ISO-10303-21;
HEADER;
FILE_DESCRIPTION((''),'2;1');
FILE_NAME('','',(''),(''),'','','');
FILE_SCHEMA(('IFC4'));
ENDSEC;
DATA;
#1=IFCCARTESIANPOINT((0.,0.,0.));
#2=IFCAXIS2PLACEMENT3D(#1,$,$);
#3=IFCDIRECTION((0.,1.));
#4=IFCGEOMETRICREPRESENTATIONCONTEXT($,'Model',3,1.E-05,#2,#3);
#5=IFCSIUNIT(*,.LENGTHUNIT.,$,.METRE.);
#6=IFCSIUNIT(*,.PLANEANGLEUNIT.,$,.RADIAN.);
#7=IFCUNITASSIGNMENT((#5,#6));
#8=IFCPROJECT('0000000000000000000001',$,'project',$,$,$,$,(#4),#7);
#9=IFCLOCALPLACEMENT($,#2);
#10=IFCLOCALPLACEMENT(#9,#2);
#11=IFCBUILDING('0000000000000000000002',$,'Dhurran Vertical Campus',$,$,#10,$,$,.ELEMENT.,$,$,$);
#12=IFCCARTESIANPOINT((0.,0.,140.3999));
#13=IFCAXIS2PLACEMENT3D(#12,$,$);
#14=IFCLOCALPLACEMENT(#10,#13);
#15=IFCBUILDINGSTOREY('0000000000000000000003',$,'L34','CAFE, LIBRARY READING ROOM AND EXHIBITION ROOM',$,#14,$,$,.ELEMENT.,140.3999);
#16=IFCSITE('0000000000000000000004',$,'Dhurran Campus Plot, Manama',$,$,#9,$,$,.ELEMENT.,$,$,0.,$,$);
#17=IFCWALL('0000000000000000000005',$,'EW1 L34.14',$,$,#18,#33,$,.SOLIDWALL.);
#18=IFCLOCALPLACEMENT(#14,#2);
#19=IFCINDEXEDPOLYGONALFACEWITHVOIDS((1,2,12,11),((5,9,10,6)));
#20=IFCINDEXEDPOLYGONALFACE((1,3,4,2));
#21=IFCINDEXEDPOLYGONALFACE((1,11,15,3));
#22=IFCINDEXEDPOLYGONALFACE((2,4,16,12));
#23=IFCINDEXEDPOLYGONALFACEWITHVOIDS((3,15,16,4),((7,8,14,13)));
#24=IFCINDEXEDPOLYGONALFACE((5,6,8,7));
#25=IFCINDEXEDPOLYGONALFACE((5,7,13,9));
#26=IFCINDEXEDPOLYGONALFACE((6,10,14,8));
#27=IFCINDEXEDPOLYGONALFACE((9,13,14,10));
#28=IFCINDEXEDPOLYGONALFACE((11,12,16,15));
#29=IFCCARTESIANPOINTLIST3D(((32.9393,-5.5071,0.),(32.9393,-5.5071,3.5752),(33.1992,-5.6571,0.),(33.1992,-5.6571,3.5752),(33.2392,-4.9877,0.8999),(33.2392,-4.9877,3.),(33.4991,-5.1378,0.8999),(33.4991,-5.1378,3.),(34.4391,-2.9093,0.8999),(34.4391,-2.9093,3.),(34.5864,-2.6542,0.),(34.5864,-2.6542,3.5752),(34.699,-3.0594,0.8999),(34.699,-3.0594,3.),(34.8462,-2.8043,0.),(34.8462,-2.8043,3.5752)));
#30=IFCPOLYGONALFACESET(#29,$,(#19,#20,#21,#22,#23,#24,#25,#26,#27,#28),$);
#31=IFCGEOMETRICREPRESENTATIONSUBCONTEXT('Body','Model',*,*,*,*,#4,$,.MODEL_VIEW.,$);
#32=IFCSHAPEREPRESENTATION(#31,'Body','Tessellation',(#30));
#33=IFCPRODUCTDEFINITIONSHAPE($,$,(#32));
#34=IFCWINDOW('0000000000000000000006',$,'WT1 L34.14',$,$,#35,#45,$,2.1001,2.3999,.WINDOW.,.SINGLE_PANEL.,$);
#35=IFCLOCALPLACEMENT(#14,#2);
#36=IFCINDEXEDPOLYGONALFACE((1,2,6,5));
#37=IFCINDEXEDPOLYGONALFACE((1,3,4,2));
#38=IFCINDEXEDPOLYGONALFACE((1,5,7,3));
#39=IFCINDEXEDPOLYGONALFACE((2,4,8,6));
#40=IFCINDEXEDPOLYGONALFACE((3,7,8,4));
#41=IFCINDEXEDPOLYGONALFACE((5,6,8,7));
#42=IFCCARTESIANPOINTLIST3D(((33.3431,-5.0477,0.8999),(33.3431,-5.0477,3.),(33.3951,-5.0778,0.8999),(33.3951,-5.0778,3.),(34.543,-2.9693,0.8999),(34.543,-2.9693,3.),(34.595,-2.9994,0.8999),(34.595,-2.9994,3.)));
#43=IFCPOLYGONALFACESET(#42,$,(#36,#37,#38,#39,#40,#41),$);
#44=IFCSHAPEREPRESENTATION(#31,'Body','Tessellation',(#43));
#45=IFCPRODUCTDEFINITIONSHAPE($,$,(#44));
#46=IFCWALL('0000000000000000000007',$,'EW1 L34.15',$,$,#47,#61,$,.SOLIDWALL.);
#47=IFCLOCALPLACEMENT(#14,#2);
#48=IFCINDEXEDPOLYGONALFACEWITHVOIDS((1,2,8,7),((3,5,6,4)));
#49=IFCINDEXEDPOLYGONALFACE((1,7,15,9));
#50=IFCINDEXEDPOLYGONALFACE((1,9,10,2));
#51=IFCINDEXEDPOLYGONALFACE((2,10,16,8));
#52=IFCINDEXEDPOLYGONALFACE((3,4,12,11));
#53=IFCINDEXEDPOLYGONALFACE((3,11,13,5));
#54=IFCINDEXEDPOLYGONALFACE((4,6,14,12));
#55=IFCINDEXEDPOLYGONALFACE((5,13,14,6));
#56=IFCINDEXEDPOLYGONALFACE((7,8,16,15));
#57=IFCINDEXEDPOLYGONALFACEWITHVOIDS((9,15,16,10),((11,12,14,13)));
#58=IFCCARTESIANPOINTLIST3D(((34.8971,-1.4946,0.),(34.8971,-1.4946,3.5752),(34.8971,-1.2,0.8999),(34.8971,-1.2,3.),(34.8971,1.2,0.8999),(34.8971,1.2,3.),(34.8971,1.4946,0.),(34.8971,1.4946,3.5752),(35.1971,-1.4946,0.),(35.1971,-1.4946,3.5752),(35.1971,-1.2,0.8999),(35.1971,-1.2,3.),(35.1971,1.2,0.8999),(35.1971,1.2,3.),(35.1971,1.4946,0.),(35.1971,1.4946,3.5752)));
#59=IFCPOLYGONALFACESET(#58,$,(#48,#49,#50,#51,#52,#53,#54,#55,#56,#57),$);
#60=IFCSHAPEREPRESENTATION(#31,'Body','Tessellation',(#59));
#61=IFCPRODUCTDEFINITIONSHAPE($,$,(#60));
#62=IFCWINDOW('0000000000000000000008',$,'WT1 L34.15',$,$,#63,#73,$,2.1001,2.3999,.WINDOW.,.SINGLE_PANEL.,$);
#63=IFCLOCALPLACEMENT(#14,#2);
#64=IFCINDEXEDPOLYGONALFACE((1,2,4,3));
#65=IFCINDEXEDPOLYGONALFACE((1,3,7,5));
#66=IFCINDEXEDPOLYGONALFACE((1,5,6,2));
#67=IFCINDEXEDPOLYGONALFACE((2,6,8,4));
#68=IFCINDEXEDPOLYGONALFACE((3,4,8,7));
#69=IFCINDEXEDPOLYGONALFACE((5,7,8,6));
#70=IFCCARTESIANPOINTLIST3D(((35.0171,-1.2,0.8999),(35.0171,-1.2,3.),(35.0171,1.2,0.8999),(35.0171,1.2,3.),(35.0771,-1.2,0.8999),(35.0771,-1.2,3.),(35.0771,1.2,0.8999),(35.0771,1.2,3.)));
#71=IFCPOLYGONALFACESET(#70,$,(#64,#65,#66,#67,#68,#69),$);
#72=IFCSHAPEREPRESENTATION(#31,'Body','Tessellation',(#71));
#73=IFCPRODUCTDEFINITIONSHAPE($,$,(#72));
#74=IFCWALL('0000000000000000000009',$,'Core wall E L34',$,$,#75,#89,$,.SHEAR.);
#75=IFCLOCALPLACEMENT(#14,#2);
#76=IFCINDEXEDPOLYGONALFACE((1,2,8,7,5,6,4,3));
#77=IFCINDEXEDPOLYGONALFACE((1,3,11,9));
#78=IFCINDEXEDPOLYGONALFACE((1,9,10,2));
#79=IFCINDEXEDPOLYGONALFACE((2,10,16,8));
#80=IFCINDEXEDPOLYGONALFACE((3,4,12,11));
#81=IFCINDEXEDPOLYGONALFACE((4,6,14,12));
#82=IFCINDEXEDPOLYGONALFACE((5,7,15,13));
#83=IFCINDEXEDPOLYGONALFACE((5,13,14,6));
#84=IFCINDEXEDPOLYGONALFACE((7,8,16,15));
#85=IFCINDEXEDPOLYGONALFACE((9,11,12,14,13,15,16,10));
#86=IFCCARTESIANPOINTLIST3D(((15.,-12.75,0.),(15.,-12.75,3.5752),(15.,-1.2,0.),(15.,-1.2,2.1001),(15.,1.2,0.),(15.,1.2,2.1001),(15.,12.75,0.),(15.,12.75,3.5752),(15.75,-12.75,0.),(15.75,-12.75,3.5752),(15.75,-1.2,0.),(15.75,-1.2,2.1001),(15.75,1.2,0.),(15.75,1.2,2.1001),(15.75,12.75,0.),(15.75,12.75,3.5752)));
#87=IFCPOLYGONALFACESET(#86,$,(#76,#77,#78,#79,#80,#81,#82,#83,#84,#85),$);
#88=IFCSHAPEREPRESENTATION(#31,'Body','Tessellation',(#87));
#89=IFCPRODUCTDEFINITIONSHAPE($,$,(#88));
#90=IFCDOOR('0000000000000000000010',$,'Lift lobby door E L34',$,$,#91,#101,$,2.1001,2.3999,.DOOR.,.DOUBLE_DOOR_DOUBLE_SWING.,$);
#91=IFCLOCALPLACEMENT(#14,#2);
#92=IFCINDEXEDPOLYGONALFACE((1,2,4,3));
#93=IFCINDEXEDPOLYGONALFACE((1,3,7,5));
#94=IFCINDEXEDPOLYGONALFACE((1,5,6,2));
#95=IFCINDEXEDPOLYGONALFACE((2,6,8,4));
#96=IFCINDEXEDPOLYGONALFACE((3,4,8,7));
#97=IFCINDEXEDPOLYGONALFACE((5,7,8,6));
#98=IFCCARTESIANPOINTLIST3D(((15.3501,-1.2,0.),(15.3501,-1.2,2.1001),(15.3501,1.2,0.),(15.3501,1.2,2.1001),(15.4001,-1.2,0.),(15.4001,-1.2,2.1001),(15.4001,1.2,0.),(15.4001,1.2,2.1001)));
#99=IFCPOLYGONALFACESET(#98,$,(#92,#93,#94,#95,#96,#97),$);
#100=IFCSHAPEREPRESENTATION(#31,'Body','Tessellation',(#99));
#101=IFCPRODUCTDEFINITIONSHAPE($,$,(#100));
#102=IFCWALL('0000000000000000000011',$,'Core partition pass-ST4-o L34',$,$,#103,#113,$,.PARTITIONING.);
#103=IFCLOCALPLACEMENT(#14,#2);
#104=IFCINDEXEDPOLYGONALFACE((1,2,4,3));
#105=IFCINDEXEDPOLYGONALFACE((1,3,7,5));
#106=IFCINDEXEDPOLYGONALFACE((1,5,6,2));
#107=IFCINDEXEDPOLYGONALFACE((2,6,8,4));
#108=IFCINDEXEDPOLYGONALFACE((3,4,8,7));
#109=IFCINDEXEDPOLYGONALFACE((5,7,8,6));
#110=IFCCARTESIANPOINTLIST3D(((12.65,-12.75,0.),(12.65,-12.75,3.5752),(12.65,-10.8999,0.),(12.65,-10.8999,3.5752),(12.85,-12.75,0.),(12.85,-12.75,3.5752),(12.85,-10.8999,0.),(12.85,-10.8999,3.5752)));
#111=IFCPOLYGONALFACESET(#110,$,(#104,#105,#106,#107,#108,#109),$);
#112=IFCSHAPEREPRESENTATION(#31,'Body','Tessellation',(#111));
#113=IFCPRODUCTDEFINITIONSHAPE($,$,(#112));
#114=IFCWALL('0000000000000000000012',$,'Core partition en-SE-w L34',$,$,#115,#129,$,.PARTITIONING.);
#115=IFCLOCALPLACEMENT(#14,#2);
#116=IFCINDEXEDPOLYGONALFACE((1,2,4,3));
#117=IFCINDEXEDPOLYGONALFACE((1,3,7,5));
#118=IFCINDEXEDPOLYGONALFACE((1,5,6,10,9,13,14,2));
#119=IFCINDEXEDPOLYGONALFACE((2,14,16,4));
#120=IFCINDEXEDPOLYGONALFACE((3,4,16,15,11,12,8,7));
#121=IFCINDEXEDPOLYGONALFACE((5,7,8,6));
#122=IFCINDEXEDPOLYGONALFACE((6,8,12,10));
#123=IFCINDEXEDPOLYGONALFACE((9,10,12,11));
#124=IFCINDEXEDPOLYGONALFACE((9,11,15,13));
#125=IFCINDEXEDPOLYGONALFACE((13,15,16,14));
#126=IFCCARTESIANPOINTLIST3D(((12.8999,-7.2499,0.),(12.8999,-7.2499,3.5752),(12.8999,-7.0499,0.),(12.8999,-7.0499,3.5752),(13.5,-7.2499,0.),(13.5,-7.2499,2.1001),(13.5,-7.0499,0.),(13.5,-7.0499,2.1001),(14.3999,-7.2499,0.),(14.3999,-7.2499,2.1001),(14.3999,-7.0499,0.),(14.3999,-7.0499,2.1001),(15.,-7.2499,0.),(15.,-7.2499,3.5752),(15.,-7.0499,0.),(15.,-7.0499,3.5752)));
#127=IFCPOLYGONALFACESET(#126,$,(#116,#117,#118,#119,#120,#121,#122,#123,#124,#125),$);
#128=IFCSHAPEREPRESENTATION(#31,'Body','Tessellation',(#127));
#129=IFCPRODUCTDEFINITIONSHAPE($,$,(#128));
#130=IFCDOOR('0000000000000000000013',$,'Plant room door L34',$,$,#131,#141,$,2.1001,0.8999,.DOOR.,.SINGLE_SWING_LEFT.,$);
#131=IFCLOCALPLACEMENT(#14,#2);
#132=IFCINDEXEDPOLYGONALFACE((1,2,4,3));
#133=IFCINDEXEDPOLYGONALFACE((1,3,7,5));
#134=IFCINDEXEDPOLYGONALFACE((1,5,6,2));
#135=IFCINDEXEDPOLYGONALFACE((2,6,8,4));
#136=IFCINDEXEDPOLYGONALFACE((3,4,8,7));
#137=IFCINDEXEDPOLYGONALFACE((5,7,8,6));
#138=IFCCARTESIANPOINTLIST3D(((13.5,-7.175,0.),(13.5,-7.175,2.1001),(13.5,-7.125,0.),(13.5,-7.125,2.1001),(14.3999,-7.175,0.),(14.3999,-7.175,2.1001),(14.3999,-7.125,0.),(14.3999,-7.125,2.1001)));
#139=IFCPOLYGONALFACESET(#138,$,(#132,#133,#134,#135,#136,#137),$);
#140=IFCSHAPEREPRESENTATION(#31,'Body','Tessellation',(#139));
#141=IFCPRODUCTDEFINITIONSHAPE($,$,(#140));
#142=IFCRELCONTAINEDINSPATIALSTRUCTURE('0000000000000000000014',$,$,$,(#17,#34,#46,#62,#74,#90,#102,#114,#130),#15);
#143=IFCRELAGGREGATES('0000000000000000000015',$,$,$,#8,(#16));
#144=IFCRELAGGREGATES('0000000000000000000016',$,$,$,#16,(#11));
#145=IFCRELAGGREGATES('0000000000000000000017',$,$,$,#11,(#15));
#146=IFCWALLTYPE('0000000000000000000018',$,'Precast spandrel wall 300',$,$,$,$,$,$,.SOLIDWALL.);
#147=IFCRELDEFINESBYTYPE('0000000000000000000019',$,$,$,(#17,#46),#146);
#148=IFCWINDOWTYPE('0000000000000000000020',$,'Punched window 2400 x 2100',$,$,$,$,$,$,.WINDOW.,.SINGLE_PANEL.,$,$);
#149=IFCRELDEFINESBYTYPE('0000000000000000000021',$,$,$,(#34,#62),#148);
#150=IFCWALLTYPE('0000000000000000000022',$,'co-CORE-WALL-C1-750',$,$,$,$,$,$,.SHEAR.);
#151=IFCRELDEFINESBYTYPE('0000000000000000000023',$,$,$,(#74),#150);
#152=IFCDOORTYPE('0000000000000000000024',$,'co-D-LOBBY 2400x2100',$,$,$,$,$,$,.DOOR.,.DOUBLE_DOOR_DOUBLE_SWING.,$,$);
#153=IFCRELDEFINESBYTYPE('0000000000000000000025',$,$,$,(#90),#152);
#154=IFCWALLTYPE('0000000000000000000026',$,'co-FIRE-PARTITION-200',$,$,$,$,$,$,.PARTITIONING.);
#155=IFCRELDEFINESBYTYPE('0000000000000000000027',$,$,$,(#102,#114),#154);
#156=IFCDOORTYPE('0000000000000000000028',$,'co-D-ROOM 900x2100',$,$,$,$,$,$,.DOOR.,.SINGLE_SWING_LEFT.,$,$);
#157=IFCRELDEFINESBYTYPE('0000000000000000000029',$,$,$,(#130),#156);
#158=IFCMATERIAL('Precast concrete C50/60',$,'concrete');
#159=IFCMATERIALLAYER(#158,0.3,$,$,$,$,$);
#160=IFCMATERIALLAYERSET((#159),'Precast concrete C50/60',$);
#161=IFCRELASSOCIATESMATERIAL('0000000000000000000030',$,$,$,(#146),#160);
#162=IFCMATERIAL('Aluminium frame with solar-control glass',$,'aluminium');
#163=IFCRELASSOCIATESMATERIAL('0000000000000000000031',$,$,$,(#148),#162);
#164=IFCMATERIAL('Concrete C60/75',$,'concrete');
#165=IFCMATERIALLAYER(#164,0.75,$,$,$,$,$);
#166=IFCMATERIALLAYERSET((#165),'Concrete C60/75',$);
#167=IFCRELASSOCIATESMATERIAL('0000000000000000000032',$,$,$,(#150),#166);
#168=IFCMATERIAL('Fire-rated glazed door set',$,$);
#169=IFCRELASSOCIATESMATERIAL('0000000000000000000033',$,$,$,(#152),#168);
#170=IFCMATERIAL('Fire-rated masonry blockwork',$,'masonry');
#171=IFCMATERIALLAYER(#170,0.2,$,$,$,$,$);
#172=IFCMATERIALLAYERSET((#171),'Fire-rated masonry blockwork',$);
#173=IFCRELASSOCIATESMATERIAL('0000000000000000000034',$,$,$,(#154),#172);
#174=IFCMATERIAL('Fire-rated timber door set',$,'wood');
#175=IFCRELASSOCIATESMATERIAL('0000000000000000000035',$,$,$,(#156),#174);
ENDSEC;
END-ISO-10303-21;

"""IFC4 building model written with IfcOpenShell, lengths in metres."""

from ifc_helpers import new_model, si_unit, direction, frame, frame_2d, origin, place, context, subcontext, project, spatial, rectangle, extrude, material, layer, layer_set, type_object, element, fill, save


model = new_model("IFC4")

# Units and contexts
model_context = context("Model", 3, precision=1e-05, world=origin(), true_north=direction((0.0, 1.0)))
body_context = subcontext(model_context, "Body", "Model", "MODEL_VIEW")
ifc_project = project(units=[si_unit("LENGTHUNIT", "METRE"), si_unit("PLANEANGLEUNIT", "RADIAN")], contexts=[model_context])

# Site, building, storey
site_placement = place(None, origin())
site = spatial("IfcSite", under=ifc_project, at=site_placement, Name="Dhurran Campus Plot, Manama", CompositionType="ELEMENT", RefElevation=0.0)
building_placement = place(site_placement, origin())
building = spatial("IfcBuilding", under=site, at=building_placement, Name="Dhurran Vertical Campus", CompositionType="ELEMENT")
storey_placement = place(building_placement, frame((0.0, 0.0, 140.3999)))
storey = spatial("IfcBuildingStorey", under=building, at=storey_placement, Name="L34", Description="CAFE, LIBRARY READING ROOM AND EXHIBITION ROOM", CompositionType="ELEMENT", Elevation=140.3999)

# Walls, openings, windows
ifc_material_1 = material(Name="Precast concrete C50/60", Category="concrete")
ifc_layer_1 = layer(ifc_material_1, 0.3)
ifc_layer_set_1 = layer_set([ifc_layer_1], Name="Precast concrete C50/60")
wall_type_1 = type_object("IfcWallType", Name="Precast spandrel wall 300", PredefinedType="SOLIDWALL", material=ifc_layer_set_1)
ifc_material_2 = material(Name="Aluminium frame with solar-control glass", Category="aluminium")
window_type = type_object("IfcWindowType", Name="Punched window 2400 x 2100", PartitioningType="SINGLE_PANEL", PredefinedType="WINDOW", material=ifc_material_2)
wall_1_placement = place(storey_placement, frame((33.0693, -5.582, 0.0), z_axis=(0.0, 0.0, 1.0), x_axis=(0.499981, 0.866036, 0.0)))
wall_1 = element("IfcWall", 1, at=wall_1_placement, inside=storey, type_object=wall_type_1, Name="EW1 L34.14", PredefinedType="SOLIDWALL", context=body_context, shape_type="SweptSolid", body=[
    extrude(rectangle(XDim=3.2942, YDim=0.3, at=frame_2d((1.647, 0.0))), origin(), (0.0, 0.0, 1.0), 3.5752),
])
opening_1_placement = place(wall_1_placement, frame((0.5996, 0.0, 0.8999)))
opening_1 = element("IfcOpeningElement", 2, at=opening_1_placement, cuts=wall_1, PredefinedType="OPENING", context=body_context, shape_type="SweptSolid", body=[
    extrude(rectangle(XDim=2.3999, YDim=2.1001, at=frame_2d((1.2, 1.05))), frame((0.0, 0.1599, 0.0), z_axis=(0.0, -1.0, 0.0), x_axis=(1.0, 0.0, 0.0)), (0.0, 0.0, 1.0), 0.3201),
])
window_1_placement = place(opening_1_placement, origin())
window_1 = element("IfcWindow", 3, at=window_1_placement, inside=storey, type_object=window_type, Name="WT1 L34.14", OverallHeight=2.1001, OverallWidth=2.3999, PartitioningType="SINGLE_PANEL", PredefinedType="WINDOW", context=body_context, shape_type="SweptSolid", body=[
    extrude(rectangle(XDim=2.3999, YDim=2.1001, at=frame_2d((1.2, 1.05))), frame((0.0, 0.03, 0.0), z_axis=(0.0, -1.0, 0.0), x_axis=(1.0, 0.0, 0.0)), (0.0, 0.0, 1.0), 0.0601),
])
fill(opening_1, window_1)
wall_2_placement = place(storey_placement, frame((35.0471, -1.4946, 0.0), z_axis=(0.0, 0.0, 1.0), x_axis=(0.0, 1.0, 0.0)))
wall_2 = element("IfcWall", 4, at=wall_2_placement, inside=storey, type_object=wall_type_1, Name="EW1 L34.15", PredefinedType="SOLIDWALL", context=body_context, shape_type="SweptSolid", body=[
    extrude(rectangle(XDim=2.9893, YDim=0.3, at=frame_2d((1.4946, 0.0))), origin(), (0.0, 0.0, 1.0), 3.5752),
])
opening_2_placement = place(wall_2_placement, frame((0.2947, 0.0, 0.8999)))
opening_2 = element("IfcOpeningElement", 5, at=opening_2_placement, cuts=wall_2, PredefinedType="OPENING", context=body_context, shape_type="SweptSolid", body=[
    extrude(rectangle(XDim=2.3999, YDim=2.1001, at=frame_2d((1.2, 1.05))), frame((0.0, 0.1599, 0.0), z_axis=(0.0, -1.0, 0.0), x_axis=(1.0, 0.0, 0.0)), (0.0, 0.0, 1.0), 0.3201),
])
window_2_placement = place(opening_2_placement, origin())
window_2 = element("IfcWindow", 6, at=window_2_placement, inside=storey, type_object=window_type, Name="WT1 L34.15", OverallHeight=2.1001, OverallWidth=2.3999, PartitioningType="SINGLE_PANEL", PredefinedType="WINDOW", context=body_context, shape_type="SweptSolid", body=[
    extrude(rectangle(XDim=2.3999, YDim=2.1001, at=frame_2d((1.2, 1.05))), frame((0.0, 0.03, 0.0), z_axis=(0.0, -1.0, 0.0), x_axis=(1.0, 0.0, 0.0)), (0.0, 0.0, 1.0), 0.0601),
])
fill(opening_2, window_2)

# Wall, opening, door
ifc_material_3 = material(Name="Concrete C60/75", Category="concrete")
ifc_layer_2 = layer(ifc_material_3, 0.75)
ifc_layer_set_2 = layer_set([ifc_layer_2], Name="Concrete C60/75")
wall_type_2 = type_object("IfcWallType", Name="co-CORE-WALL-C1-750", PredefinedType="SHEAR", material=ifc_layer_set_2)
wall_3_placement = place(storey_placement, frame((15.375, -12.75, 0.0), z_axis=(0.0, 0.0, 1.0), x_axis=(0.0, 1.0, 0.0)))
wall_3 = element("IfcWall", 7, at=wall_3_placement, inside=storey, type_object=wall_type_2, Name="Core wall E L34", PredefinedType="SHEAR", context=body_context, shape_type="SweptSolid", body=[
    extrude(rectangle(XDim=25.5, YDim=0.75, at=frame_2d((12.75, 0.0))), origin(), (0.0, 0.0, 1.0), 3.5752),
])
opening_3_placement = place(wall_3_placement, frame((11.55, 0.0, 0.0)))
opening_3 = element("IfcOpeningElement", 8, at=opening_3_placement, cuts=wall_3, PredefinedType="OPENING", context=body_context, shape_type="SweptSolid", body=[
    extrude(rectangle(XDim=2.3999, YDim=2.1001, at=frame_2d((1.2, 1.05))), frame((0.0, 0.385, 0.0), z_axis=(0.0, -1.0, 0.0), x_axis=(1.0, 0.0, 0.0)), (0.0, 0.0, 1.0), 0.77),
])
ifc_material_4 = material(Name="Fire-rated glazed door set")
door_type_1 = type_object("IfcDoorType", Name="co-D-LOBBY 2400x2100", OperationType="DOUBLE_DOOR_DOUBLE_SWING", PredefinedType="DOOR", material=ifc_material_4)
door_1_placement = place(opening_3_placement, origin())
door_1 = element("IfcDoor", 9, at=door_1_placement, inside=storey, type_object=door_type_1, Name="Lift lobby door E L34", OperationType="DOUBLE_DOOR_DOUBLE_SWING", OverallHeight=2.1001, OverallWidth=2.3999, PredefinedType="DOOR", context=body_context, shape_type="SweptSolid", body=[
    extrude(rectangle(XDim=2.3999, YDim=2.1001, at=frame_2d((1.2, 1.05))), frame((0.0, 0.0249, 0.0), z_axis=(0.0, -1.0, 0.0), x_axis=(1.0, 0.0, 0.0)), (0.0, 0.0, 1.0), 0.05),
])
fill(opening_3, door_1)

# Wall
ifc_material_5 = material(Name="Fire-rated masonry blockwork", Category="masonry")
ifc_layer_3 = layer(ifc_material_5, 0.2)
ifc_layer_set_3 = layer_set([ifc_layer_3], Name="Fire-rated masonry blockwork")
wall_type_3 = type_object("IfcWallType", Name="co-FIRE-PARTITION-200", PredefinedType="PARTITIONING", material=ifc_layer_set_3)
wall_4_placement = place(storey_placement, frame((12.75, -12.75, 0.0), z_axis=(0.0, 0.0, 1.0), x_axis=(0.0, 1.0, 0.0)))
element("IfcWall", 10, at=wall_4_placement, inside=storey, type_object=wall_type_3, Name="Core partition pass-ST4-o L34", PredefinedType="PARTITIONING", context=body_context, shape_type="SweptSolid", body=[
    extrude(rectangle(XDim=1.8501, YDim=0.2, at=frame_2d((0.925, 0.0))), origin(), (0.0, 0.0, 1.0), 3.5752),
])

# Wall, opening, door
wall_5_placement = place(storey_placement, frame((12.8999, -7.1499, 0.0), z_axis=(0.0, 0.0, 1.0), x_axis=(1.0, 0.0, 0.0)))
wall_5 = element("IfcWall", 11, at=wall_5_placement, inside=storey, type_object=wall_type_3, Name="Core partition en-SE-w L34", PredefinedType="PARTITIONING", context=body_context, shape_type="SweptSolid", body=[
    extrude(rectangle(XDim=2.1001, YDim=0.2, at=frame_2d((1.05, 0.0))), origin(), (0.0, 0.0, 1.0), 3.5752),
])
opening_4_placement = place(wall_5_placement, frame((0.6001, 0.0, 0.0)))
opening_4 = element("IfcOpeningElement", 12, at=opening_4_placement, cuts=wall_5, PredefinedType="OPENING", context=body_context, shape_type="SweptSolid", body=[
    extrude(rectangle(XDim=0.8999, YDim=2.1001, at=frame_2d((0.45, 1.05))), frame((0.0, 0.1099, 0.0), z_axis=(0.0, -1.0, 0.0), x_axis=(1.0, 0.0, 0.0)), (0.0, 0.0, 1.0), 0.22),
])
ifc_material_6 = material(Name="Fire-rated timber door set", Category="wood")
door_type_2 = type_object("IfcDoorType", Name="co-D-ROOM 900x2100", OperationType="SINGLE_SWING_LEFT", PredefinedType="DOOR", material=ifc_material_6)
door_2_placement = place(opening_4_placement, origin())
door_2 = element("IfcDoor", 13, at=door_2_placement, inside=storey, type_object=door_type_2, Name="Plant room door L34", OperationType="SINGLE_SWING_LEFT", OverallHeight=2.1001, OverallWidth=0.8999, PredefinedType="DOOR", context=body_context, shape_type="SweptSolid", body=[
    extrude(rectangle(XDim=0.8999, YDim=2.1001, at=frame_2d((0.45, 1.05))), frame((0.0, 0.0249, 0.0), z_axis=(0.0, -1.0, 0.0), x_axis=(1.0, 0.0, 0.0)), (0.0, 0.0, 1.0), 0.05),
])
fill(opening_4, door_2)

save(model, "model.ifc")
